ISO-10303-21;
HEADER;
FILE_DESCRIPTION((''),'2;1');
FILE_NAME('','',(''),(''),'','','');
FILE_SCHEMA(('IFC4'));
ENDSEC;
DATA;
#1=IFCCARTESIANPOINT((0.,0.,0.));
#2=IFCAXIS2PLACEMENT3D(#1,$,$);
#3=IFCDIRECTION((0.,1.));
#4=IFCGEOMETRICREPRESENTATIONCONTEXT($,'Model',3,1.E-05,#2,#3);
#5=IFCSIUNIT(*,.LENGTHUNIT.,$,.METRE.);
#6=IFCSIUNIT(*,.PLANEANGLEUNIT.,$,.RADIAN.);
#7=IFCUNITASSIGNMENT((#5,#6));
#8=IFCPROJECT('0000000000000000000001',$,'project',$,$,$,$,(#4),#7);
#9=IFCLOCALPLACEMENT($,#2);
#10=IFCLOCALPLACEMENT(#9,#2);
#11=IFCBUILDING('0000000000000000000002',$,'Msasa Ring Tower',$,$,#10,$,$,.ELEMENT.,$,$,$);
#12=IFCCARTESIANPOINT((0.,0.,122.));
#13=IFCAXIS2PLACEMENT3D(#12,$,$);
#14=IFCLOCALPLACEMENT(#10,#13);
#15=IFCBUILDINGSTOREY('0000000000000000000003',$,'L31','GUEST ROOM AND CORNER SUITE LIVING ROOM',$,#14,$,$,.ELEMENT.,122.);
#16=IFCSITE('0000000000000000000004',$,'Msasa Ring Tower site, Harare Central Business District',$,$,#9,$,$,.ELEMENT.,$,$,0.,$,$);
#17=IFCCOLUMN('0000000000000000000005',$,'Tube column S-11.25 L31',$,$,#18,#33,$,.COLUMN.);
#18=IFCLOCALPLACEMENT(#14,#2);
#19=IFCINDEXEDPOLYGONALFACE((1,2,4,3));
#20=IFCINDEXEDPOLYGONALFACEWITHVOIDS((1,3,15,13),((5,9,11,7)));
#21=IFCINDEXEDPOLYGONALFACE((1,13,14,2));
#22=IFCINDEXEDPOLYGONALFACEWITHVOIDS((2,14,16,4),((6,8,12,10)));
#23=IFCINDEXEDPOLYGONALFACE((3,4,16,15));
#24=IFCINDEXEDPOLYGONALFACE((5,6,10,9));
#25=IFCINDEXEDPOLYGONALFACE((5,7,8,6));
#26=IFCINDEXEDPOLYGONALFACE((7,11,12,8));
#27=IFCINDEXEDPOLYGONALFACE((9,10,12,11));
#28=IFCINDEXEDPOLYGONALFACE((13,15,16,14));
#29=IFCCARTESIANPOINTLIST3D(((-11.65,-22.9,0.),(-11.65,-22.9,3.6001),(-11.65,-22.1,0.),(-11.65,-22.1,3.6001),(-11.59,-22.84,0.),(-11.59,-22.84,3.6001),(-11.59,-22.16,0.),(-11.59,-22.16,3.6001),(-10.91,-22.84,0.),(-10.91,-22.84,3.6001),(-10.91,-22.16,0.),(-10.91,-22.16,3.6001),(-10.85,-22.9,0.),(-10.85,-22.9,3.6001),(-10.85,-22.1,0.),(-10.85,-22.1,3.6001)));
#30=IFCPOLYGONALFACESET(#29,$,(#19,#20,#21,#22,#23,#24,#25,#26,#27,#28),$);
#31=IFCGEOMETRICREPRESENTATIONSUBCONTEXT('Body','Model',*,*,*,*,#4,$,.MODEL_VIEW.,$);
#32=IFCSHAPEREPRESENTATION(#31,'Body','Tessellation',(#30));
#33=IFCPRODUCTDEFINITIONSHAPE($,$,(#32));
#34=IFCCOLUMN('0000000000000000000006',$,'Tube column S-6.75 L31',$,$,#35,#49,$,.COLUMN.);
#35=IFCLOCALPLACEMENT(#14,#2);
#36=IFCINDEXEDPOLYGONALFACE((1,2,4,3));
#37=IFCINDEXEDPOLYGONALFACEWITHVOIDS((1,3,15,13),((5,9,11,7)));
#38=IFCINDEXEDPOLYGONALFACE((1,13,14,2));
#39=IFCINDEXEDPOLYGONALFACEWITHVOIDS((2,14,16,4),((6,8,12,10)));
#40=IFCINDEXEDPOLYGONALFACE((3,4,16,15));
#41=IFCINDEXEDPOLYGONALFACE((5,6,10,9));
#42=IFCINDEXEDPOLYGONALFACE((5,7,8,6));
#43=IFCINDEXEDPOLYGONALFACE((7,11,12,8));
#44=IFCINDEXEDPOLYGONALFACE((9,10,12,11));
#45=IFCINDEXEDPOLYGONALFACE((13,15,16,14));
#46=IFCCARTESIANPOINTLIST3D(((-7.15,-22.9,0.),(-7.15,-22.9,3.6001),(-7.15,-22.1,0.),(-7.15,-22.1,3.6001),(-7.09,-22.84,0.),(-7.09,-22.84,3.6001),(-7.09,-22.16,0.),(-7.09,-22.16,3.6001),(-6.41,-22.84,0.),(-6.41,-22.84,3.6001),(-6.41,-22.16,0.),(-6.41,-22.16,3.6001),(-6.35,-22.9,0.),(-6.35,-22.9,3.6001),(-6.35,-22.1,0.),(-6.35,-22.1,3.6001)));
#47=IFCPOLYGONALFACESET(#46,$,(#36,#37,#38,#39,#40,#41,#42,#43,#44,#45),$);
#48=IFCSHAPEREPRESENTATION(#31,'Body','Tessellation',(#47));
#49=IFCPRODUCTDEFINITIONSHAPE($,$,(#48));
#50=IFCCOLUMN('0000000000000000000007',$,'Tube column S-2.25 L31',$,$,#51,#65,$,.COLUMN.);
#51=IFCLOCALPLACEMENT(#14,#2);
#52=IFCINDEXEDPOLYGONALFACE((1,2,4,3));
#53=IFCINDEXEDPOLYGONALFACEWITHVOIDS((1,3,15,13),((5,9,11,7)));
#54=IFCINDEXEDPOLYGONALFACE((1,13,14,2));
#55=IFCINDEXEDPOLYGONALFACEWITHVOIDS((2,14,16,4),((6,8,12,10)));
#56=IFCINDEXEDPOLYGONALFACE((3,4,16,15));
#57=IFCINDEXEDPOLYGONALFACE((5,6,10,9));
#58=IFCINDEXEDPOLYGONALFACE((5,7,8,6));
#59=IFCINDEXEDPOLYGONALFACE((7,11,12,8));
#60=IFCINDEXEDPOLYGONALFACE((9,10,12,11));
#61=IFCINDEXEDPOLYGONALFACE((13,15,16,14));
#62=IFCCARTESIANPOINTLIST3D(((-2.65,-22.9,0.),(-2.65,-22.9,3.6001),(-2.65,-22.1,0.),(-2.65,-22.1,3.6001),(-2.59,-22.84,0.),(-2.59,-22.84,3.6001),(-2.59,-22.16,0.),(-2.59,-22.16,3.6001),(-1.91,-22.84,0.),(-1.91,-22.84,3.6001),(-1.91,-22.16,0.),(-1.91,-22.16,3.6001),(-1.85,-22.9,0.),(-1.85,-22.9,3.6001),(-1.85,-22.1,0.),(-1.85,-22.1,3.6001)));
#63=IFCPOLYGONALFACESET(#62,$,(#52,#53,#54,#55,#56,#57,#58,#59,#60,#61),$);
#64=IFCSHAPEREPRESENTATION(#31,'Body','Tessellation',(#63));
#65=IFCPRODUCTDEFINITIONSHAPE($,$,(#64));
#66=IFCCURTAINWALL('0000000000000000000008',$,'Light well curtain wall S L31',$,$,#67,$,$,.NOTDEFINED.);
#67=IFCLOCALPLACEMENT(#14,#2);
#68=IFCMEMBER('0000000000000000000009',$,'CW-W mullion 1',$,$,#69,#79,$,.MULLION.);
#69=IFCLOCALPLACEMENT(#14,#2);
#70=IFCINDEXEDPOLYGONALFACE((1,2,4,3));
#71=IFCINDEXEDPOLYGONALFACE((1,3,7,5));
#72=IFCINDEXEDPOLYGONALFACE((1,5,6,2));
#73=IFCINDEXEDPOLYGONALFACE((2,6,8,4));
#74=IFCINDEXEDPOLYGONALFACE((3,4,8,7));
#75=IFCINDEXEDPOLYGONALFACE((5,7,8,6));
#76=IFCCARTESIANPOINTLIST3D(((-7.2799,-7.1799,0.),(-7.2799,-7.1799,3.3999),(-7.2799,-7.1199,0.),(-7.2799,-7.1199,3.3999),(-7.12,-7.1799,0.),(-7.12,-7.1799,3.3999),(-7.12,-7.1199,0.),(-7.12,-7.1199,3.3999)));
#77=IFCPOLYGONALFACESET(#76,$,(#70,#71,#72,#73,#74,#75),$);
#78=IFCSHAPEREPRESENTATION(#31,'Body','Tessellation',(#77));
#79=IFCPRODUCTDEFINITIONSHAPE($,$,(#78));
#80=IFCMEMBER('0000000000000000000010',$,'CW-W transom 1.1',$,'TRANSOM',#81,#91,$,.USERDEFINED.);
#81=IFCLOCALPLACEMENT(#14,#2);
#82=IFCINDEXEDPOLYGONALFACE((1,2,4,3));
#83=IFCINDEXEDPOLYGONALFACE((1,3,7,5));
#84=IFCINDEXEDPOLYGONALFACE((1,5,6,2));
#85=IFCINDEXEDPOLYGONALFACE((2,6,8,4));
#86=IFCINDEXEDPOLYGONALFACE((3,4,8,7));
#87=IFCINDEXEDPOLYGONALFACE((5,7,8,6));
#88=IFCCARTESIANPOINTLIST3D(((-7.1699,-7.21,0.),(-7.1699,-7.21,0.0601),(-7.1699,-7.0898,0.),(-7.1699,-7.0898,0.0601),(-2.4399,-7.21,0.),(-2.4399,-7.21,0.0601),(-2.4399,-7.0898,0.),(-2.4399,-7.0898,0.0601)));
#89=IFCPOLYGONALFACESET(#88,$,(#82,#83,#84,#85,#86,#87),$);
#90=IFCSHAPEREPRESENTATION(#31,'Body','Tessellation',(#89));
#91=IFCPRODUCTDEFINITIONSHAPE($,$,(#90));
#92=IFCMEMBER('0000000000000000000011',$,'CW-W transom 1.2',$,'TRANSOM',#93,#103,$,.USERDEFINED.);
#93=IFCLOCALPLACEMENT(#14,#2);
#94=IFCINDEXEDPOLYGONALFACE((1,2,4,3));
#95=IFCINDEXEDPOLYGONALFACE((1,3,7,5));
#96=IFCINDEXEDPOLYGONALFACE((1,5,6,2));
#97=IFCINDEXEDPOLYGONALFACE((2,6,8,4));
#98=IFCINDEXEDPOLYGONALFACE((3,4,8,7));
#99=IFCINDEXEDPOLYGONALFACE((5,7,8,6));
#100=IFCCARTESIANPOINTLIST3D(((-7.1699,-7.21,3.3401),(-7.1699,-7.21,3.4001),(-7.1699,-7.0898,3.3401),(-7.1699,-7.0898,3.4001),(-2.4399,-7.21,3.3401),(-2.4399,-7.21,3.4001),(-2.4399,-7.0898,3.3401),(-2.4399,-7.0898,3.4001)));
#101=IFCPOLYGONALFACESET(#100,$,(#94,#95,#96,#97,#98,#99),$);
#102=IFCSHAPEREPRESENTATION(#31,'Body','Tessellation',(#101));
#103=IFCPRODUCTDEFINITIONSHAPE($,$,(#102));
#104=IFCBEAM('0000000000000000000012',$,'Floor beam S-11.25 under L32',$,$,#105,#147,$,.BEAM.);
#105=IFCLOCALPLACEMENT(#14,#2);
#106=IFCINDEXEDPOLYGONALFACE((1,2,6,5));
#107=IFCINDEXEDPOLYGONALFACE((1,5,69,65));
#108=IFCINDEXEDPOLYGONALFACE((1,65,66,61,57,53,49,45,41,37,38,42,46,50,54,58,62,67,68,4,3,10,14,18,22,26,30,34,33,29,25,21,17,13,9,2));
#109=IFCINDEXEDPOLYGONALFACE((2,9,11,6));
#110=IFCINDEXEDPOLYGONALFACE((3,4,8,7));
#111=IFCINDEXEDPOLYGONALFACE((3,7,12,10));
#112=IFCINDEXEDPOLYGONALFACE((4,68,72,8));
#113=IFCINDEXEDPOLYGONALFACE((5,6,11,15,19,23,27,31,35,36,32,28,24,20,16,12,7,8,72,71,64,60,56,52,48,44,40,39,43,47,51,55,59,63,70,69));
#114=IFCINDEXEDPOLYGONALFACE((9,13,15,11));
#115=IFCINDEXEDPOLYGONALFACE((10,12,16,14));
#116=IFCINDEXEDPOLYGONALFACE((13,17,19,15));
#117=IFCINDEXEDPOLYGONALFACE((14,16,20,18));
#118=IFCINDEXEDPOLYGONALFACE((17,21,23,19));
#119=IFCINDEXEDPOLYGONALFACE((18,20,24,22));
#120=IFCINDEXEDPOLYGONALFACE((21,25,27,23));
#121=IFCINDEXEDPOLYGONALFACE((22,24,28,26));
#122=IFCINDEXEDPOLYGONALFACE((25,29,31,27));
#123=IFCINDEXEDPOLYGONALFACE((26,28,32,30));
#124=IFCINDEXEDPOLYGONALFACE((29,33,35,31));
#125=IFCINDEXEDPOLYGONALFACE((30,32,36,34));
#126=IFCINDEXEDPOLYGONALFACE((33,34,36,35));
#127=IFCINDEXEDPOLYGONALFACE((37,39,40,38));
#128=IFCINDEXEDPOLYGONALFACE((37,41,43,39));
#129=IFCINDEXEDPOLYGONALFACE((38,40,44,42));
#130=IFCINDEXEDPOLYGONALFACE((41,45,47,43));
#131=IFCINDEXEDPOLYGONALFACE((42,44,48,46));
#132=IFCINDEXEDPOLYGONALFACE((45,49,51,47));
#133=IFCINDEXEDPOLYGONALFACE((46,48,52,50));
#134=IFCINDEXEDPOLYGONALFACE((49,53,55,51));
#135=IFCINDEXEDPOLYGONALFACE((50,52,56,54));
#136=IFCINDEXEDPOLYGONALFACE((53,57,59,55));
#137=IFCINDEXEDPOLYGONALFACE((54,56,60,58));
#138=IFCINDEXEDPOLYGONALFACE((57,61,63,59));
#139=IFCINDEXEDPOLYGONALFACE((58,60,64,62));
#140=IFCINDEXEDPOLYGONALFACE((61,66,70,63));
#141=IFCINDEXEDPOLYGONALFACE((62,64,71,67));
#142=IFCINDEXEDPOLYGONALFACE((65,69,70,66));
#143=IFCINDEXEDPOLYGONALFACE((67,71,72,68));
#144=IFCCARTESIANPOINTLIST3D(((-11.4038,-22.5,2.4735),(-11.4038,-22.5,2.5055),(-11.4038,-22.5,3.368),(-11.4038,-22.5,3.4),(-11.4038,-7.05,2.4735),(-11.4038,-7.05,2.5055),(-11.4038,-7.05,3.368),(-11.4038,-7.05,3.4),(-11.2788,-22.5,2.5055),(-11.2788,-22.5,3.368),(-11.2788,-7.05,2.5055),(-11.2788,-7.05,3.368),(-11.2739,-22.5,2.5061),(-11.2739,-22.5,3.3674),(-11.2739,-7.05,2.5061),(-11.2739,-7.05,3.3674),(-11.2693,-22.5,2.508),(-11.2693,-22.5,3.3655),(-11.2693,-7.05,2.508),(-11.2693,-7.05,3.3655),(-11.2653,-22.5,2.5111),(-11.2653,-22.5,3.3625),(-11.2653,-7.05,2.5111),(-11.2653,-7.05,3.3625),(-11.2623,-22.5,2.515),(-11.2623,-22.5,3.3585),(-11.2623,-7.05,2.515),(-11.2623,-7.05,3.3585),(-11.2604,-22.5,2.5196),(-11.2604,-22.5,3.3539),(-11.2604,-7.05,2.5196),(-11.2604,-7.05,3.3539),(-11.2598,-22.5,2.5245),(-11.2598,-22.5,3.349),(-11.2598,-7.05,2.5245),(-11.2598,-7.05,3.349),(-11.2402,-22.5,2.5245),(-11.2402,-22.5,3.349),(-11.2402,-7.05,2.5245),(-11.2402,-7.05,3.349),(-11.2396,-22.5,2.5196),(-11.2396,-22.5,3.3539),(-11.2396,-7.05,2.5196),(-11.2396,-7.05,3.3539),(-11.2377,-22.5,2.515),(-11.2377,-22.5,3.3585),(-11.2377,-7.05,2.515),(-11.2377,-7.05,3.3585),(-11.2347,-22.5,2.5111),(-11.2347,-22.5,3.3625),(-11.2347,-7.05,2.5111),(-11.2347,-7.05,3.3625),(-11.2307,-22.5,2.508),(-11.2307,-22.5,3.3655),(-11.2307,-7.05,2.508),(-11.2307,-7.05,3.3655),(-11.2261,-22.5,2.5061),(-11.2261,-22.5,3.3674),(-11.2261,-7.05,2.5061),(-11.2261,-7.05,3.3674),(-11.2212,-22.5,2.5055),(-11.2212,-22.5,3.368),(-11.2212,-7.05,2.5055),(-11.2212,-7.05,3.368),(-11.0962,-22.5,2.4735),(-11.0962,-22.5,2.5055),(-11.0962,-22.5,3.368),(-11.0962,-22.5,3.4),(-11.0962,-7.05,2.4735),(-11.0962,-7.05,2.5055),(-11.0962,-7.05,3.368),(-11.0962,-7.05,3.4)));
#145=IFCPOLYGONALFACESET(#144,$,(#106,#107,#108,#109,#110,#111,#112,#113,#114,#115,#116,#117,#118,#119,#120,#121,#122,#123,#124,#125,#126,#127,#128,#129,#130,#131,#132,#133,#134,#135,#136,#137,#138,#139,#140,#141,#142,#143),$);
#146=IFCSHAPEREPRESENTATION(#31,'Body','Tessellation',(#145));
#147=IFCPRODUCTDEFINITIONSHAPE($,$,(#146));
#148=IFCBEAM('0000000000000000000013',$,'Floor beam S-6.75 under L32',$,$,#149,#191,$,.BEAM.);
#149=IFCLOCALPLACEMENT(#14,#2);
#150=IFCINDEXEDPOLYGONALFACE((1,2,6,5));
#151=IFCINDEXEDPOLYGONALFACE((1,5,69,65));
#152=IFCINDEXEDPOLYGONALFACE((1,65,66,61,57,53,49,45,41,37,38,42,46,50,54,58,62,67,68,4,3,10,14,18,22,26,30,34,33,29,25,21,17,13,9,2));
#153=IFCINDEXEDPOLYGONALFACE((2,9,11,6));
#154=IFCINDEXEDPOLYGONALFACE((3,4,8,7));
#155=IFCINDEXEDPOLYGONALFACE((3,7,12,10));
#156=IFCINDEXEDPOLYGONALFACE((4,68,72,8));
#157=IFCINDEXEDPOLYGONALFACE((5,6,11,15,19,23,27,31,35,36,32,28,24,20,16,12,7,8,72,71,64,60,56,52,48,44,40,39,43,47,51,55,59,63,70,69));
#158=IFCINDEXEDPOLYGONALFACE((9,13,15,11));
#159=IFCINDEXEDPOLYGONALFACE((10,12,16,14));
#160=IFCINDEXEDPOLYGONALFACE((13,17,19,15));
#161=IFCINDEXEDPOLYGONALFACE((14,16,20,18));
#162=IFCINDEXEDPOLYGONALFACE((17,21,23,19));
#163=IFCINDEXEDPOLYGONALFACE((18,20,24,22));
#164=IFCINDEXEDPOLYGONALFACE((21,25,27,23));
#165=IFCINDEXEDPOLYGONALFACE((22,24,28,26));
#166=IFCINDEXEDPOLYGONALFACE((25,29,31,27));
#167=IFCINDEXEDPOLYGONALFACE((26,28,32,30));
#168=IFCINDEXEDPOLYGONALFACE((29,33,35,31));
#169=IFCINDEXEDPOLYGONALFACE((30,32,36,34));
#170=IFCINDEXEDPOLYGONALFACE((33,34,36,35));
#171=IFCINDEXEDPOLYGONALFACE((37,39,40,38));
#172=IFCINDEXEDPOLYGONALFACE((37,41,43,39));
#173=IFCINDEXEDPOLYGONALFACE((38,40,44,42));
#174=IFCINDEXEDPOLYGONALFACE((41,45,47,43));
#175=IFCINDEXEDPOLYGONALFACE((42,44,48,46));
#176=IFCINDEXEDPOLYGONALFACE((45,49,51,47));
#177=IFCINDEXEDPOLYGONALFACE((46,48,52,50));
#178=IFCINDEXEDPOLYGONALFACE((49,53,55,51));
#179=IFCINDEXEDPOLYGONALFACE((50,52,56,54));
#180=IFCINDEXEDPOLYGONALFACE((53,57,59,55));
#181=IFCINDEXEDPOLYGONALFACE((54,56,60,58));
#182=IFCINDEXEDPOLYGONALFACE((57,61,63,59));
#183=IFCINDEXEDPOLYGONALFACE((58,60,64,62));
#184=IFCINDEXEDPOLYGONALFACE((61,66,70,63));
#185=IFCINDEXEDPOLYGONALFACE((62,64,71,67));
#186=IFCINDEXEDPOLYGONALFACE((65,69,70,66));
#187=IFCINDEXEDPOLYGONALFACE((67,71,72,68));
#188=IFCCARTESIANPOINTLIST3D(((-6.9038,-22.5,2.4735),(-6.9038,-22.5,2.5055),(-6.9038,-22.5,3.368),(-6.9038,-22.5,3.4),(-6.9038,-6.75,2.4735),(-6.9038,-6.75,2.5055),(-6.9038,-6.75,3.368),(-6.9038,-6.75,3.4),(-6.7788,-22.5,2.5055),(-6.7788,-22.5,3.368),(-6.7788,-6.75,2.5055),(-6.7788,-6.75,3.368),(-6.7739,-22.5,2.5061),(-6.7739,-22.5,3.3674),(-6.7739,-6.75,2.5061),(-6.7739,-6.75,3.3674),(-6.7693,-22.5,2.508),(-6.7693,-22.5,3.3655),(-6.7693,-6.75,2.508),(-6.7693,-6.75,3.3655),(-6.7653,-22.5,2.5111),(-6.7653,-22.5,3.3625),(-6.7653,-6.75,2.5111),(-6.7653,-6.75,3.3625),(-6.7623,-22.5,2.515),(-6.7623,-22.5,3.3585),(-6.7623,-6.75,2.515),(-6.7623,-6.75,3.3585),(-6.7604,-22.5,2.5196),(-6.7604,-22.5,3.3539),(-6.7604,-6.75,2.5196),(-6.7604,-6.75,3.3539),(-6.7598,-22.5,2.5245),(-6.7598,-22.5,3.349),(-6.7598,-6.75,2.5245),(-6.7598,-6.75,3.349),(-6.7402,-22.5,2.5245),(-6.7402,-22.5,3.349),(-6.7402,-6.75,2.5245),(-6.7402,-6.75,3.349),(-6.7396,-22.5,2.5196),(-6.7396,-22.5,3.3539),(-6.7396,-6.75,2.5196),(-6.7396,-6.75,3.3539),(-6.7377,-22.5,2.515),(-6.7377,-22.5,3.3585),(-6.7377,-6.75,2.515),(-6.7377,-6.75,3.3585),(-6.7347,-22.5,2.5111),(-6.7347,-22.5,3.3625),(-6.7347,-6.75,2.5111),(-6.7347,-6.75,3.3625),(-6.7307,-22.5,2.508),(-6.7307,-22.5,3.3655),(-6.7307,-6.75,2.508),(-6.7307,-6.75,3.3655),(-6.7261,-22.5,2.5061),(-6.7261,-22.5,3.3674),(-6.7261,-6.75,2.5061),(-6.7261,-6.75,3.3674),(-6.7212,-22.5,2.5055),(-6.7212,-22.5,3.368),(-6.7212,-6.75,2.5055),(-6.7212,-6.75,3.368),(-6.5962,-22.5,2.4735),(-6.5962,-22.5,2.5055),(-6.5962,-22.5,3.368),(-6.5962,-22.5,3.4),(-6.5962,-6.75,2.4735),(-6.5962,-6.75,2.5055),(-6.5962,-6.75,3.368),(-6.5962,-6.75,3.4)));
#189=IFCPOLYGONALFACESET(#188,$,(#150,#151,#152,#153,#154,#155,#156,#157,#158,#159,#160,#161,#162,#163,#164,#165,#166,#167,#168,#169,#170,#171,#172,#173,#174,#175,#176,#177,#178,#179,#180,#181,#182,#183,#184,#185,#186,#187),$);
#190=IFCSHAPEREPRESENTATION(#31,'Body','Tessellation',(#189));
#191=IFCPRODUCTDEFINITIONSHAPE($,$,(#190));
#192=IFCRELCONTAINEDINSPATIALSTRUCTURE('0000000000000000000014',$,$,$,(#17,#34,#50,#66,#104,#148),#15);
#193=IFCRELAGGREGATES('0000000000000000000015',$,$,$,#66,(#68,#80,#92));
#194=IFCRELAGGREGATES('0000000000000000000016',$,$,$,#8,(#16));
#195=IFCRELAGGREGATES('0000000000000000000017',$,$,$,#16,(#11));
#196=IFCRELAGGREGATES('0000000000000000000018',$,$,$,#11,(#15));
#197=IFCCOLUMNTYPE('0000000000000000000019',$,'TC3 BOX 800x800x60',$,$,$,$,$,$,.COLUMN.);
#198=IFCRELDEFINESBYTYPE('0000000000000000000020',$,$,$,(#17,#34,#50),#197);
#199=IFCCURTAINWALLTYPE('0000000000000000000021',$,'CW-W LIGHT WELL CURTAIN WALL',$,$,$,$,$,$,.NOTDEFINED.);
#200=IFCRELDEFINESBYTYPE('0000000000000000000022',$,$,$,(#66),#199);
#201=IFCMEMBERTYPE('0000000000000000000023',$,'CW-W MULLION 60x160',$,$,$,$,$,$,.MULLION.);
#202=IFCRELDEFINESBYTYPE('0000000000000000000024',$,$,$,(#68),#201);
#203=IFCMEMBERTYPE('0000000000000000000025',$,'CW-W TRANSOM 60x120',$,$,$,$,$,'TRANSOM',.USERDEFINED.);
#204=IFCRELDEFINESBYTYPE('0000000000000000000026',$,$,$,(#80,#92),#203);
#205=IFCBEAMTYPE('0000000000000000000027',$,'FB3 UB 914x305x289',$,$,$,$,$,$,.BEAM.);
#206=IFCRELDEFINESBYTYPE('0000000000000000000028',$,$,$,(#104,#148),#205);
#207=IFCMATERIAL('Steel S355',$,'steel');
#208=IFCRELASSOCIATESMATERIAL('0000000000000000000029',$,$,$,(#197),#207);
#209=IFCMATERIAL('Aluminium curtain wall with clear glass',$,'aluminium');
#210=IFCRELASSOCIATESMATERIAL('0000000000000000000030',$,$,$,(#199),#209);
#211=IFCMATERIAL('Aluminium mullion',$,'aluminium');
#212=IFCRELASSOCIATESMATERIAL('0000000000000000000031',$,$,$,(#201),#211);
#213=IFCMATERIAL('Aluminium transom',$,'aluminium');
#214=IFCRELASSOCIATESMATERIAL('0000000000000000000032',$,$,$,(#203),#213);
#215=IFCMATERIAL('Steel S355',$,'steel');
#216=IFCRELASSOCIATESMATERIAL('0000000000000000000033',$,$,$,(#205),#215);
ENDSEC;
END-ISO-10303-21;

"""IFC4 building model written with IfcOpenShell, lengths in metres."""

from ifc_helpers import new_model, si_unit, direction, frame, origin, origin_2d, place, context, subcontext, project, spatial, rectangle, hollow_rectangle, i_section, extrude, material, material_profile, profile_set, type_object, element, aggregate, save


model = new_model("IFC4")

# Units and contexts
model_context = context("Model", 3, precision=1e-05, world=origin(), true_north=direction((0.0, 1.0)))
body_context = subcontext(model_context, "Body", "Model", "MODEL_VIEW")
ifc_project = project(units=[si_unit("LENGTHUNIT", "METRE"), si_unit("PLANEANGLEUNIT", "RADIAN")], contexts=[model_context])

# Site, building, storey
site_placement = place(None, origin())
site = spatial("IfcSite", under=ifc_project, at=site_placement, Name="Msasa Ring Tower site, Harare Central Business District", CompositionType="ELEMENT", RefElevation=0.0)
building_placement = place(site_placement, origin())
building = spatial("IfcBuilding", under=site, at=building_placement, Name="Msasa Ring Tower", CompositionType="ELEMENT")
storey_placement = place(building_placement, frame((0.0, 0.0, 122.0)))
storey = spatial("IfcBuildingStorey", under=building, at=storey_placement, Name="L31", Description="GUEST ROOM AND CORNER SUITE LIVING ROOM", CompositionType="ELEMENT", Elevation=122.0)

# Columns
ifc_material_1 = material(Name="Steel S355", Category="steel")
ifc_material_profile_1 = material_profile(ifc_material_1, hollow_rectangle(XDim=0.8, YDim=0.8, WallThickness=0.0601, at=origin_2d()), Name="BOX 800x800x60")
ifc_profile_set_1 = profile_set([ifc_material_profile_1], Name="Steel S355")
column_type = type_object("IfcColumnType", Name="TC3 BOX 800x800x60", PredefinedType="COLUMN", material=ifc_profile_set_1)
for number, where, z_axis, x_axis, name in (
    (1, (-11.25, -22.5, 0.0), (0.0, 0.0, 1.0), (0.0, 1.0, 0.0), "Tube column S-11.25 L31"),
    (2, (-6.75, -22.5, 0.0), (0.0, 0.0, 1.0), (0.0, 1.0, 0.0), "Tube column S-6.75 L31"),
    (3, (-2.25, -22.5, 0.0), (0.0, 0.0, 1.0), (0.0, 1.0, 0.0), "Tube column S-2.25 L31"),
):
    element("IfcColumn", number, at=place(storey_placement, frame(where, z_axis=z_axis, x_axis=x_axis)), inside=storey, type_object=column_type, Name=name, PredefinedType="COLUMN", context=body_context, shape_type="SweptSolid", body=[
        extrude(hollow_rectangle(XDim=0.8, YDim=0.8, WallThickness=0.0601, at=origin_2d()), origin(), (0.0, 0.0, 1.0), 3.6001),
    ])

# Curtain wall, members
ifc_material_2 = material(Name="Aluminium curtain wall with clear glass", Category="aluminium")
curtain_wall_type = type_object("IfcCurtainWallType", Name="CW-W LIGHT WELL CURTAIN WALL", PredefinedType="NOTDEFINED", material=ifc_material_2)
curtain_wall_placement = place(storey_placement, origin())
curtain_wall = element("IfcCurtainWall", 4, at=curtain_wall_placement, inside=storey, type_object=curtain_wall_type, Name="Light well curtain wall S L31", PredefinedType="NOTDEFINED")
ifc_material_3 = material(Name="Aluminium mullion", Category="aluminium")
ifc_material_profile_2 = material_profile(ifc_material_3, rectangle(XDim=0.0601, YDim=0.1599, at=origin_2d()), Name="AL 60x160")
ifc_profile_set_2 = profile_set([ifc_material_profile_2], Name="Aluminium mullion")
member_type_1 = type_object("IfcMemberType", Name="CW-W MULLION 60x160", PredefinedType="MULLION", material=ifc_profile_set_2)
member_1_placement = place(storey_placement, frame((-7.2, -7.1499, 0.0), z_axis=(0.0, 0.0, 1.0), x_axis=(0.0, 1.0, 0.0)))
member_1 = element("IfcMember", 5, at=member_1_placement, type_object=member_type_1, Name="CW-W mullion 1", PredefinedType="MULLION", context=body_context, shape_type="SweptSolid", body=[
    extrude(rectangle(XDim=0.0601, YDim=0.1599, at=origin_2d()), origin(), (0.0, 0.0, 1.0), 3.3999),
])
ifc_material_4 = material(Name="Aluminium transom", Category="aluminium")
ifc_material_profile_3 = material_profile(ifc_material_4, rectangle(XDim=0.1201, YDim=0.0601, at=origin_2d()), Name="AL 60x120")
ifc_profile_set_3 = profile_set([ifc_material_profile_3], Name="Aluminium transom")
member_type_2 = type_object("IfcMemberType", Name="CW-W TRANSOM 60x120", ElementType="TRANSOM", PredefinedType="USERDEFINED", material=ifc_profile_set_3)
member_2_placement = place(storey_placement, frame((-7.1699, -7.1499, 0.03), z_axis=(1.0, 0.0, 0.0), x_axis=(0.0, 1.0, 0.0)))
member_2 = element("IfcMember", 6, at=member_2_placement, type_object=member_type_2, Name="CW-W transom 1.1", ObjectType="TRANSOM", PredefinedType="USERDEFINED", context=body_context, shape_type="SweptSolid", body=[
    extrude(rectangle(XDim=0.1201, YDim=0.0601, at=origin_2d()), origin(), (0.0, 0.0, 1.0), 4.73),
])
member_3_placement = place(storey_placement, frame((-7.1699, -7.1499, 3.3701), z_axis=(1.0, 0.0, 0.0), x_axis=(0.0, 1.0, 0.0)))
member_3 = element("IfcMember", 7, at=member_3_placement, type_object=member_type_2, Name="CW-W transom 1.2", ObjectType="TRANSOM", PredefinedType="USERDEFINED", context=body_context, shape_type="SweptSolid", body=[
    extrude(rectangle(XDim=0.1201, YDim=0.0601, at=origin_2d()), origin(), (0.0, 0.0, 1.0), 4.73),
])

# Beams
ifc_material_5 = material(Name="Steel S355", Category="steel")
ifc_material_profile_4 = material_profile(ifc_material_5, i_section(OverallWidth=0.3076, OverallDepth=0.9265, WebThickness=0.0195, FlangeThickness=0.032, FilletRadius=0.019, at=origin_2d()), Name="UB 914x305x289")
ifc_profile_set_4 = profile_set([ifc_material_profile_4], Name="Steel S355")
beam_type_1 = type_object("IfcBeamType", Name="FB3 UB 914x305x289", PredefinedType="BEAM", material=ifc_profile_set_4)
beam_placement = place(storey_placement, frame((-11.25, -22.5, 2.9368), z_axis=(0.0, 1.0, 0.0), x_axis=(-1.0, 0.0, 0.0)))
element("IfcBeam", 8, at=beam_placement, inside=storey, type_object=beam_type_1, Name="Floor beam S-11.25 under L32", PredefinedType="BEAM", context=body_context, shape_type="SweptSolid", body=[
    extrude(i_section(OverallWidth=0.3076, OverallDepth=0.9265, WebThickness=0.0195, FlangeThickness=0.032, FilletRadius=0.019, at=origin_2d()), origin(), (0.0, 0.0, 1.0), 15.45),
])
for number, where, z_axis, x_axis, name in (
    (9, (-6.75, -22.5, 2.9368), (0.0, 1.0, 0.0), (-1.0, 0.0, 0.0), "Floor beam S-6.75 under L32"),
):
    element("IfcBeam", number, at=place(storey_placement, frame(where, z_axis=z_axis, x_axis=x_axis)), inside=storey, type_object=beam_type_1, Name=name, PredefinedType="BEAM", context=body_context, shape_type="SweptSolid", body=[
        extrude(i_section(OverallWidth=0.3076, OverallDepth=0.9265, WebThickness=0.0195, FlangeThickness=0.032, FilletRadius=0.019, at=origin_2d()), origin(), (0.0, 0.0, 1.0), 15.75),
    ])

aggregate(curtain_wall, [member_1, member_2, member_3])

save(model, "model.ifc")
